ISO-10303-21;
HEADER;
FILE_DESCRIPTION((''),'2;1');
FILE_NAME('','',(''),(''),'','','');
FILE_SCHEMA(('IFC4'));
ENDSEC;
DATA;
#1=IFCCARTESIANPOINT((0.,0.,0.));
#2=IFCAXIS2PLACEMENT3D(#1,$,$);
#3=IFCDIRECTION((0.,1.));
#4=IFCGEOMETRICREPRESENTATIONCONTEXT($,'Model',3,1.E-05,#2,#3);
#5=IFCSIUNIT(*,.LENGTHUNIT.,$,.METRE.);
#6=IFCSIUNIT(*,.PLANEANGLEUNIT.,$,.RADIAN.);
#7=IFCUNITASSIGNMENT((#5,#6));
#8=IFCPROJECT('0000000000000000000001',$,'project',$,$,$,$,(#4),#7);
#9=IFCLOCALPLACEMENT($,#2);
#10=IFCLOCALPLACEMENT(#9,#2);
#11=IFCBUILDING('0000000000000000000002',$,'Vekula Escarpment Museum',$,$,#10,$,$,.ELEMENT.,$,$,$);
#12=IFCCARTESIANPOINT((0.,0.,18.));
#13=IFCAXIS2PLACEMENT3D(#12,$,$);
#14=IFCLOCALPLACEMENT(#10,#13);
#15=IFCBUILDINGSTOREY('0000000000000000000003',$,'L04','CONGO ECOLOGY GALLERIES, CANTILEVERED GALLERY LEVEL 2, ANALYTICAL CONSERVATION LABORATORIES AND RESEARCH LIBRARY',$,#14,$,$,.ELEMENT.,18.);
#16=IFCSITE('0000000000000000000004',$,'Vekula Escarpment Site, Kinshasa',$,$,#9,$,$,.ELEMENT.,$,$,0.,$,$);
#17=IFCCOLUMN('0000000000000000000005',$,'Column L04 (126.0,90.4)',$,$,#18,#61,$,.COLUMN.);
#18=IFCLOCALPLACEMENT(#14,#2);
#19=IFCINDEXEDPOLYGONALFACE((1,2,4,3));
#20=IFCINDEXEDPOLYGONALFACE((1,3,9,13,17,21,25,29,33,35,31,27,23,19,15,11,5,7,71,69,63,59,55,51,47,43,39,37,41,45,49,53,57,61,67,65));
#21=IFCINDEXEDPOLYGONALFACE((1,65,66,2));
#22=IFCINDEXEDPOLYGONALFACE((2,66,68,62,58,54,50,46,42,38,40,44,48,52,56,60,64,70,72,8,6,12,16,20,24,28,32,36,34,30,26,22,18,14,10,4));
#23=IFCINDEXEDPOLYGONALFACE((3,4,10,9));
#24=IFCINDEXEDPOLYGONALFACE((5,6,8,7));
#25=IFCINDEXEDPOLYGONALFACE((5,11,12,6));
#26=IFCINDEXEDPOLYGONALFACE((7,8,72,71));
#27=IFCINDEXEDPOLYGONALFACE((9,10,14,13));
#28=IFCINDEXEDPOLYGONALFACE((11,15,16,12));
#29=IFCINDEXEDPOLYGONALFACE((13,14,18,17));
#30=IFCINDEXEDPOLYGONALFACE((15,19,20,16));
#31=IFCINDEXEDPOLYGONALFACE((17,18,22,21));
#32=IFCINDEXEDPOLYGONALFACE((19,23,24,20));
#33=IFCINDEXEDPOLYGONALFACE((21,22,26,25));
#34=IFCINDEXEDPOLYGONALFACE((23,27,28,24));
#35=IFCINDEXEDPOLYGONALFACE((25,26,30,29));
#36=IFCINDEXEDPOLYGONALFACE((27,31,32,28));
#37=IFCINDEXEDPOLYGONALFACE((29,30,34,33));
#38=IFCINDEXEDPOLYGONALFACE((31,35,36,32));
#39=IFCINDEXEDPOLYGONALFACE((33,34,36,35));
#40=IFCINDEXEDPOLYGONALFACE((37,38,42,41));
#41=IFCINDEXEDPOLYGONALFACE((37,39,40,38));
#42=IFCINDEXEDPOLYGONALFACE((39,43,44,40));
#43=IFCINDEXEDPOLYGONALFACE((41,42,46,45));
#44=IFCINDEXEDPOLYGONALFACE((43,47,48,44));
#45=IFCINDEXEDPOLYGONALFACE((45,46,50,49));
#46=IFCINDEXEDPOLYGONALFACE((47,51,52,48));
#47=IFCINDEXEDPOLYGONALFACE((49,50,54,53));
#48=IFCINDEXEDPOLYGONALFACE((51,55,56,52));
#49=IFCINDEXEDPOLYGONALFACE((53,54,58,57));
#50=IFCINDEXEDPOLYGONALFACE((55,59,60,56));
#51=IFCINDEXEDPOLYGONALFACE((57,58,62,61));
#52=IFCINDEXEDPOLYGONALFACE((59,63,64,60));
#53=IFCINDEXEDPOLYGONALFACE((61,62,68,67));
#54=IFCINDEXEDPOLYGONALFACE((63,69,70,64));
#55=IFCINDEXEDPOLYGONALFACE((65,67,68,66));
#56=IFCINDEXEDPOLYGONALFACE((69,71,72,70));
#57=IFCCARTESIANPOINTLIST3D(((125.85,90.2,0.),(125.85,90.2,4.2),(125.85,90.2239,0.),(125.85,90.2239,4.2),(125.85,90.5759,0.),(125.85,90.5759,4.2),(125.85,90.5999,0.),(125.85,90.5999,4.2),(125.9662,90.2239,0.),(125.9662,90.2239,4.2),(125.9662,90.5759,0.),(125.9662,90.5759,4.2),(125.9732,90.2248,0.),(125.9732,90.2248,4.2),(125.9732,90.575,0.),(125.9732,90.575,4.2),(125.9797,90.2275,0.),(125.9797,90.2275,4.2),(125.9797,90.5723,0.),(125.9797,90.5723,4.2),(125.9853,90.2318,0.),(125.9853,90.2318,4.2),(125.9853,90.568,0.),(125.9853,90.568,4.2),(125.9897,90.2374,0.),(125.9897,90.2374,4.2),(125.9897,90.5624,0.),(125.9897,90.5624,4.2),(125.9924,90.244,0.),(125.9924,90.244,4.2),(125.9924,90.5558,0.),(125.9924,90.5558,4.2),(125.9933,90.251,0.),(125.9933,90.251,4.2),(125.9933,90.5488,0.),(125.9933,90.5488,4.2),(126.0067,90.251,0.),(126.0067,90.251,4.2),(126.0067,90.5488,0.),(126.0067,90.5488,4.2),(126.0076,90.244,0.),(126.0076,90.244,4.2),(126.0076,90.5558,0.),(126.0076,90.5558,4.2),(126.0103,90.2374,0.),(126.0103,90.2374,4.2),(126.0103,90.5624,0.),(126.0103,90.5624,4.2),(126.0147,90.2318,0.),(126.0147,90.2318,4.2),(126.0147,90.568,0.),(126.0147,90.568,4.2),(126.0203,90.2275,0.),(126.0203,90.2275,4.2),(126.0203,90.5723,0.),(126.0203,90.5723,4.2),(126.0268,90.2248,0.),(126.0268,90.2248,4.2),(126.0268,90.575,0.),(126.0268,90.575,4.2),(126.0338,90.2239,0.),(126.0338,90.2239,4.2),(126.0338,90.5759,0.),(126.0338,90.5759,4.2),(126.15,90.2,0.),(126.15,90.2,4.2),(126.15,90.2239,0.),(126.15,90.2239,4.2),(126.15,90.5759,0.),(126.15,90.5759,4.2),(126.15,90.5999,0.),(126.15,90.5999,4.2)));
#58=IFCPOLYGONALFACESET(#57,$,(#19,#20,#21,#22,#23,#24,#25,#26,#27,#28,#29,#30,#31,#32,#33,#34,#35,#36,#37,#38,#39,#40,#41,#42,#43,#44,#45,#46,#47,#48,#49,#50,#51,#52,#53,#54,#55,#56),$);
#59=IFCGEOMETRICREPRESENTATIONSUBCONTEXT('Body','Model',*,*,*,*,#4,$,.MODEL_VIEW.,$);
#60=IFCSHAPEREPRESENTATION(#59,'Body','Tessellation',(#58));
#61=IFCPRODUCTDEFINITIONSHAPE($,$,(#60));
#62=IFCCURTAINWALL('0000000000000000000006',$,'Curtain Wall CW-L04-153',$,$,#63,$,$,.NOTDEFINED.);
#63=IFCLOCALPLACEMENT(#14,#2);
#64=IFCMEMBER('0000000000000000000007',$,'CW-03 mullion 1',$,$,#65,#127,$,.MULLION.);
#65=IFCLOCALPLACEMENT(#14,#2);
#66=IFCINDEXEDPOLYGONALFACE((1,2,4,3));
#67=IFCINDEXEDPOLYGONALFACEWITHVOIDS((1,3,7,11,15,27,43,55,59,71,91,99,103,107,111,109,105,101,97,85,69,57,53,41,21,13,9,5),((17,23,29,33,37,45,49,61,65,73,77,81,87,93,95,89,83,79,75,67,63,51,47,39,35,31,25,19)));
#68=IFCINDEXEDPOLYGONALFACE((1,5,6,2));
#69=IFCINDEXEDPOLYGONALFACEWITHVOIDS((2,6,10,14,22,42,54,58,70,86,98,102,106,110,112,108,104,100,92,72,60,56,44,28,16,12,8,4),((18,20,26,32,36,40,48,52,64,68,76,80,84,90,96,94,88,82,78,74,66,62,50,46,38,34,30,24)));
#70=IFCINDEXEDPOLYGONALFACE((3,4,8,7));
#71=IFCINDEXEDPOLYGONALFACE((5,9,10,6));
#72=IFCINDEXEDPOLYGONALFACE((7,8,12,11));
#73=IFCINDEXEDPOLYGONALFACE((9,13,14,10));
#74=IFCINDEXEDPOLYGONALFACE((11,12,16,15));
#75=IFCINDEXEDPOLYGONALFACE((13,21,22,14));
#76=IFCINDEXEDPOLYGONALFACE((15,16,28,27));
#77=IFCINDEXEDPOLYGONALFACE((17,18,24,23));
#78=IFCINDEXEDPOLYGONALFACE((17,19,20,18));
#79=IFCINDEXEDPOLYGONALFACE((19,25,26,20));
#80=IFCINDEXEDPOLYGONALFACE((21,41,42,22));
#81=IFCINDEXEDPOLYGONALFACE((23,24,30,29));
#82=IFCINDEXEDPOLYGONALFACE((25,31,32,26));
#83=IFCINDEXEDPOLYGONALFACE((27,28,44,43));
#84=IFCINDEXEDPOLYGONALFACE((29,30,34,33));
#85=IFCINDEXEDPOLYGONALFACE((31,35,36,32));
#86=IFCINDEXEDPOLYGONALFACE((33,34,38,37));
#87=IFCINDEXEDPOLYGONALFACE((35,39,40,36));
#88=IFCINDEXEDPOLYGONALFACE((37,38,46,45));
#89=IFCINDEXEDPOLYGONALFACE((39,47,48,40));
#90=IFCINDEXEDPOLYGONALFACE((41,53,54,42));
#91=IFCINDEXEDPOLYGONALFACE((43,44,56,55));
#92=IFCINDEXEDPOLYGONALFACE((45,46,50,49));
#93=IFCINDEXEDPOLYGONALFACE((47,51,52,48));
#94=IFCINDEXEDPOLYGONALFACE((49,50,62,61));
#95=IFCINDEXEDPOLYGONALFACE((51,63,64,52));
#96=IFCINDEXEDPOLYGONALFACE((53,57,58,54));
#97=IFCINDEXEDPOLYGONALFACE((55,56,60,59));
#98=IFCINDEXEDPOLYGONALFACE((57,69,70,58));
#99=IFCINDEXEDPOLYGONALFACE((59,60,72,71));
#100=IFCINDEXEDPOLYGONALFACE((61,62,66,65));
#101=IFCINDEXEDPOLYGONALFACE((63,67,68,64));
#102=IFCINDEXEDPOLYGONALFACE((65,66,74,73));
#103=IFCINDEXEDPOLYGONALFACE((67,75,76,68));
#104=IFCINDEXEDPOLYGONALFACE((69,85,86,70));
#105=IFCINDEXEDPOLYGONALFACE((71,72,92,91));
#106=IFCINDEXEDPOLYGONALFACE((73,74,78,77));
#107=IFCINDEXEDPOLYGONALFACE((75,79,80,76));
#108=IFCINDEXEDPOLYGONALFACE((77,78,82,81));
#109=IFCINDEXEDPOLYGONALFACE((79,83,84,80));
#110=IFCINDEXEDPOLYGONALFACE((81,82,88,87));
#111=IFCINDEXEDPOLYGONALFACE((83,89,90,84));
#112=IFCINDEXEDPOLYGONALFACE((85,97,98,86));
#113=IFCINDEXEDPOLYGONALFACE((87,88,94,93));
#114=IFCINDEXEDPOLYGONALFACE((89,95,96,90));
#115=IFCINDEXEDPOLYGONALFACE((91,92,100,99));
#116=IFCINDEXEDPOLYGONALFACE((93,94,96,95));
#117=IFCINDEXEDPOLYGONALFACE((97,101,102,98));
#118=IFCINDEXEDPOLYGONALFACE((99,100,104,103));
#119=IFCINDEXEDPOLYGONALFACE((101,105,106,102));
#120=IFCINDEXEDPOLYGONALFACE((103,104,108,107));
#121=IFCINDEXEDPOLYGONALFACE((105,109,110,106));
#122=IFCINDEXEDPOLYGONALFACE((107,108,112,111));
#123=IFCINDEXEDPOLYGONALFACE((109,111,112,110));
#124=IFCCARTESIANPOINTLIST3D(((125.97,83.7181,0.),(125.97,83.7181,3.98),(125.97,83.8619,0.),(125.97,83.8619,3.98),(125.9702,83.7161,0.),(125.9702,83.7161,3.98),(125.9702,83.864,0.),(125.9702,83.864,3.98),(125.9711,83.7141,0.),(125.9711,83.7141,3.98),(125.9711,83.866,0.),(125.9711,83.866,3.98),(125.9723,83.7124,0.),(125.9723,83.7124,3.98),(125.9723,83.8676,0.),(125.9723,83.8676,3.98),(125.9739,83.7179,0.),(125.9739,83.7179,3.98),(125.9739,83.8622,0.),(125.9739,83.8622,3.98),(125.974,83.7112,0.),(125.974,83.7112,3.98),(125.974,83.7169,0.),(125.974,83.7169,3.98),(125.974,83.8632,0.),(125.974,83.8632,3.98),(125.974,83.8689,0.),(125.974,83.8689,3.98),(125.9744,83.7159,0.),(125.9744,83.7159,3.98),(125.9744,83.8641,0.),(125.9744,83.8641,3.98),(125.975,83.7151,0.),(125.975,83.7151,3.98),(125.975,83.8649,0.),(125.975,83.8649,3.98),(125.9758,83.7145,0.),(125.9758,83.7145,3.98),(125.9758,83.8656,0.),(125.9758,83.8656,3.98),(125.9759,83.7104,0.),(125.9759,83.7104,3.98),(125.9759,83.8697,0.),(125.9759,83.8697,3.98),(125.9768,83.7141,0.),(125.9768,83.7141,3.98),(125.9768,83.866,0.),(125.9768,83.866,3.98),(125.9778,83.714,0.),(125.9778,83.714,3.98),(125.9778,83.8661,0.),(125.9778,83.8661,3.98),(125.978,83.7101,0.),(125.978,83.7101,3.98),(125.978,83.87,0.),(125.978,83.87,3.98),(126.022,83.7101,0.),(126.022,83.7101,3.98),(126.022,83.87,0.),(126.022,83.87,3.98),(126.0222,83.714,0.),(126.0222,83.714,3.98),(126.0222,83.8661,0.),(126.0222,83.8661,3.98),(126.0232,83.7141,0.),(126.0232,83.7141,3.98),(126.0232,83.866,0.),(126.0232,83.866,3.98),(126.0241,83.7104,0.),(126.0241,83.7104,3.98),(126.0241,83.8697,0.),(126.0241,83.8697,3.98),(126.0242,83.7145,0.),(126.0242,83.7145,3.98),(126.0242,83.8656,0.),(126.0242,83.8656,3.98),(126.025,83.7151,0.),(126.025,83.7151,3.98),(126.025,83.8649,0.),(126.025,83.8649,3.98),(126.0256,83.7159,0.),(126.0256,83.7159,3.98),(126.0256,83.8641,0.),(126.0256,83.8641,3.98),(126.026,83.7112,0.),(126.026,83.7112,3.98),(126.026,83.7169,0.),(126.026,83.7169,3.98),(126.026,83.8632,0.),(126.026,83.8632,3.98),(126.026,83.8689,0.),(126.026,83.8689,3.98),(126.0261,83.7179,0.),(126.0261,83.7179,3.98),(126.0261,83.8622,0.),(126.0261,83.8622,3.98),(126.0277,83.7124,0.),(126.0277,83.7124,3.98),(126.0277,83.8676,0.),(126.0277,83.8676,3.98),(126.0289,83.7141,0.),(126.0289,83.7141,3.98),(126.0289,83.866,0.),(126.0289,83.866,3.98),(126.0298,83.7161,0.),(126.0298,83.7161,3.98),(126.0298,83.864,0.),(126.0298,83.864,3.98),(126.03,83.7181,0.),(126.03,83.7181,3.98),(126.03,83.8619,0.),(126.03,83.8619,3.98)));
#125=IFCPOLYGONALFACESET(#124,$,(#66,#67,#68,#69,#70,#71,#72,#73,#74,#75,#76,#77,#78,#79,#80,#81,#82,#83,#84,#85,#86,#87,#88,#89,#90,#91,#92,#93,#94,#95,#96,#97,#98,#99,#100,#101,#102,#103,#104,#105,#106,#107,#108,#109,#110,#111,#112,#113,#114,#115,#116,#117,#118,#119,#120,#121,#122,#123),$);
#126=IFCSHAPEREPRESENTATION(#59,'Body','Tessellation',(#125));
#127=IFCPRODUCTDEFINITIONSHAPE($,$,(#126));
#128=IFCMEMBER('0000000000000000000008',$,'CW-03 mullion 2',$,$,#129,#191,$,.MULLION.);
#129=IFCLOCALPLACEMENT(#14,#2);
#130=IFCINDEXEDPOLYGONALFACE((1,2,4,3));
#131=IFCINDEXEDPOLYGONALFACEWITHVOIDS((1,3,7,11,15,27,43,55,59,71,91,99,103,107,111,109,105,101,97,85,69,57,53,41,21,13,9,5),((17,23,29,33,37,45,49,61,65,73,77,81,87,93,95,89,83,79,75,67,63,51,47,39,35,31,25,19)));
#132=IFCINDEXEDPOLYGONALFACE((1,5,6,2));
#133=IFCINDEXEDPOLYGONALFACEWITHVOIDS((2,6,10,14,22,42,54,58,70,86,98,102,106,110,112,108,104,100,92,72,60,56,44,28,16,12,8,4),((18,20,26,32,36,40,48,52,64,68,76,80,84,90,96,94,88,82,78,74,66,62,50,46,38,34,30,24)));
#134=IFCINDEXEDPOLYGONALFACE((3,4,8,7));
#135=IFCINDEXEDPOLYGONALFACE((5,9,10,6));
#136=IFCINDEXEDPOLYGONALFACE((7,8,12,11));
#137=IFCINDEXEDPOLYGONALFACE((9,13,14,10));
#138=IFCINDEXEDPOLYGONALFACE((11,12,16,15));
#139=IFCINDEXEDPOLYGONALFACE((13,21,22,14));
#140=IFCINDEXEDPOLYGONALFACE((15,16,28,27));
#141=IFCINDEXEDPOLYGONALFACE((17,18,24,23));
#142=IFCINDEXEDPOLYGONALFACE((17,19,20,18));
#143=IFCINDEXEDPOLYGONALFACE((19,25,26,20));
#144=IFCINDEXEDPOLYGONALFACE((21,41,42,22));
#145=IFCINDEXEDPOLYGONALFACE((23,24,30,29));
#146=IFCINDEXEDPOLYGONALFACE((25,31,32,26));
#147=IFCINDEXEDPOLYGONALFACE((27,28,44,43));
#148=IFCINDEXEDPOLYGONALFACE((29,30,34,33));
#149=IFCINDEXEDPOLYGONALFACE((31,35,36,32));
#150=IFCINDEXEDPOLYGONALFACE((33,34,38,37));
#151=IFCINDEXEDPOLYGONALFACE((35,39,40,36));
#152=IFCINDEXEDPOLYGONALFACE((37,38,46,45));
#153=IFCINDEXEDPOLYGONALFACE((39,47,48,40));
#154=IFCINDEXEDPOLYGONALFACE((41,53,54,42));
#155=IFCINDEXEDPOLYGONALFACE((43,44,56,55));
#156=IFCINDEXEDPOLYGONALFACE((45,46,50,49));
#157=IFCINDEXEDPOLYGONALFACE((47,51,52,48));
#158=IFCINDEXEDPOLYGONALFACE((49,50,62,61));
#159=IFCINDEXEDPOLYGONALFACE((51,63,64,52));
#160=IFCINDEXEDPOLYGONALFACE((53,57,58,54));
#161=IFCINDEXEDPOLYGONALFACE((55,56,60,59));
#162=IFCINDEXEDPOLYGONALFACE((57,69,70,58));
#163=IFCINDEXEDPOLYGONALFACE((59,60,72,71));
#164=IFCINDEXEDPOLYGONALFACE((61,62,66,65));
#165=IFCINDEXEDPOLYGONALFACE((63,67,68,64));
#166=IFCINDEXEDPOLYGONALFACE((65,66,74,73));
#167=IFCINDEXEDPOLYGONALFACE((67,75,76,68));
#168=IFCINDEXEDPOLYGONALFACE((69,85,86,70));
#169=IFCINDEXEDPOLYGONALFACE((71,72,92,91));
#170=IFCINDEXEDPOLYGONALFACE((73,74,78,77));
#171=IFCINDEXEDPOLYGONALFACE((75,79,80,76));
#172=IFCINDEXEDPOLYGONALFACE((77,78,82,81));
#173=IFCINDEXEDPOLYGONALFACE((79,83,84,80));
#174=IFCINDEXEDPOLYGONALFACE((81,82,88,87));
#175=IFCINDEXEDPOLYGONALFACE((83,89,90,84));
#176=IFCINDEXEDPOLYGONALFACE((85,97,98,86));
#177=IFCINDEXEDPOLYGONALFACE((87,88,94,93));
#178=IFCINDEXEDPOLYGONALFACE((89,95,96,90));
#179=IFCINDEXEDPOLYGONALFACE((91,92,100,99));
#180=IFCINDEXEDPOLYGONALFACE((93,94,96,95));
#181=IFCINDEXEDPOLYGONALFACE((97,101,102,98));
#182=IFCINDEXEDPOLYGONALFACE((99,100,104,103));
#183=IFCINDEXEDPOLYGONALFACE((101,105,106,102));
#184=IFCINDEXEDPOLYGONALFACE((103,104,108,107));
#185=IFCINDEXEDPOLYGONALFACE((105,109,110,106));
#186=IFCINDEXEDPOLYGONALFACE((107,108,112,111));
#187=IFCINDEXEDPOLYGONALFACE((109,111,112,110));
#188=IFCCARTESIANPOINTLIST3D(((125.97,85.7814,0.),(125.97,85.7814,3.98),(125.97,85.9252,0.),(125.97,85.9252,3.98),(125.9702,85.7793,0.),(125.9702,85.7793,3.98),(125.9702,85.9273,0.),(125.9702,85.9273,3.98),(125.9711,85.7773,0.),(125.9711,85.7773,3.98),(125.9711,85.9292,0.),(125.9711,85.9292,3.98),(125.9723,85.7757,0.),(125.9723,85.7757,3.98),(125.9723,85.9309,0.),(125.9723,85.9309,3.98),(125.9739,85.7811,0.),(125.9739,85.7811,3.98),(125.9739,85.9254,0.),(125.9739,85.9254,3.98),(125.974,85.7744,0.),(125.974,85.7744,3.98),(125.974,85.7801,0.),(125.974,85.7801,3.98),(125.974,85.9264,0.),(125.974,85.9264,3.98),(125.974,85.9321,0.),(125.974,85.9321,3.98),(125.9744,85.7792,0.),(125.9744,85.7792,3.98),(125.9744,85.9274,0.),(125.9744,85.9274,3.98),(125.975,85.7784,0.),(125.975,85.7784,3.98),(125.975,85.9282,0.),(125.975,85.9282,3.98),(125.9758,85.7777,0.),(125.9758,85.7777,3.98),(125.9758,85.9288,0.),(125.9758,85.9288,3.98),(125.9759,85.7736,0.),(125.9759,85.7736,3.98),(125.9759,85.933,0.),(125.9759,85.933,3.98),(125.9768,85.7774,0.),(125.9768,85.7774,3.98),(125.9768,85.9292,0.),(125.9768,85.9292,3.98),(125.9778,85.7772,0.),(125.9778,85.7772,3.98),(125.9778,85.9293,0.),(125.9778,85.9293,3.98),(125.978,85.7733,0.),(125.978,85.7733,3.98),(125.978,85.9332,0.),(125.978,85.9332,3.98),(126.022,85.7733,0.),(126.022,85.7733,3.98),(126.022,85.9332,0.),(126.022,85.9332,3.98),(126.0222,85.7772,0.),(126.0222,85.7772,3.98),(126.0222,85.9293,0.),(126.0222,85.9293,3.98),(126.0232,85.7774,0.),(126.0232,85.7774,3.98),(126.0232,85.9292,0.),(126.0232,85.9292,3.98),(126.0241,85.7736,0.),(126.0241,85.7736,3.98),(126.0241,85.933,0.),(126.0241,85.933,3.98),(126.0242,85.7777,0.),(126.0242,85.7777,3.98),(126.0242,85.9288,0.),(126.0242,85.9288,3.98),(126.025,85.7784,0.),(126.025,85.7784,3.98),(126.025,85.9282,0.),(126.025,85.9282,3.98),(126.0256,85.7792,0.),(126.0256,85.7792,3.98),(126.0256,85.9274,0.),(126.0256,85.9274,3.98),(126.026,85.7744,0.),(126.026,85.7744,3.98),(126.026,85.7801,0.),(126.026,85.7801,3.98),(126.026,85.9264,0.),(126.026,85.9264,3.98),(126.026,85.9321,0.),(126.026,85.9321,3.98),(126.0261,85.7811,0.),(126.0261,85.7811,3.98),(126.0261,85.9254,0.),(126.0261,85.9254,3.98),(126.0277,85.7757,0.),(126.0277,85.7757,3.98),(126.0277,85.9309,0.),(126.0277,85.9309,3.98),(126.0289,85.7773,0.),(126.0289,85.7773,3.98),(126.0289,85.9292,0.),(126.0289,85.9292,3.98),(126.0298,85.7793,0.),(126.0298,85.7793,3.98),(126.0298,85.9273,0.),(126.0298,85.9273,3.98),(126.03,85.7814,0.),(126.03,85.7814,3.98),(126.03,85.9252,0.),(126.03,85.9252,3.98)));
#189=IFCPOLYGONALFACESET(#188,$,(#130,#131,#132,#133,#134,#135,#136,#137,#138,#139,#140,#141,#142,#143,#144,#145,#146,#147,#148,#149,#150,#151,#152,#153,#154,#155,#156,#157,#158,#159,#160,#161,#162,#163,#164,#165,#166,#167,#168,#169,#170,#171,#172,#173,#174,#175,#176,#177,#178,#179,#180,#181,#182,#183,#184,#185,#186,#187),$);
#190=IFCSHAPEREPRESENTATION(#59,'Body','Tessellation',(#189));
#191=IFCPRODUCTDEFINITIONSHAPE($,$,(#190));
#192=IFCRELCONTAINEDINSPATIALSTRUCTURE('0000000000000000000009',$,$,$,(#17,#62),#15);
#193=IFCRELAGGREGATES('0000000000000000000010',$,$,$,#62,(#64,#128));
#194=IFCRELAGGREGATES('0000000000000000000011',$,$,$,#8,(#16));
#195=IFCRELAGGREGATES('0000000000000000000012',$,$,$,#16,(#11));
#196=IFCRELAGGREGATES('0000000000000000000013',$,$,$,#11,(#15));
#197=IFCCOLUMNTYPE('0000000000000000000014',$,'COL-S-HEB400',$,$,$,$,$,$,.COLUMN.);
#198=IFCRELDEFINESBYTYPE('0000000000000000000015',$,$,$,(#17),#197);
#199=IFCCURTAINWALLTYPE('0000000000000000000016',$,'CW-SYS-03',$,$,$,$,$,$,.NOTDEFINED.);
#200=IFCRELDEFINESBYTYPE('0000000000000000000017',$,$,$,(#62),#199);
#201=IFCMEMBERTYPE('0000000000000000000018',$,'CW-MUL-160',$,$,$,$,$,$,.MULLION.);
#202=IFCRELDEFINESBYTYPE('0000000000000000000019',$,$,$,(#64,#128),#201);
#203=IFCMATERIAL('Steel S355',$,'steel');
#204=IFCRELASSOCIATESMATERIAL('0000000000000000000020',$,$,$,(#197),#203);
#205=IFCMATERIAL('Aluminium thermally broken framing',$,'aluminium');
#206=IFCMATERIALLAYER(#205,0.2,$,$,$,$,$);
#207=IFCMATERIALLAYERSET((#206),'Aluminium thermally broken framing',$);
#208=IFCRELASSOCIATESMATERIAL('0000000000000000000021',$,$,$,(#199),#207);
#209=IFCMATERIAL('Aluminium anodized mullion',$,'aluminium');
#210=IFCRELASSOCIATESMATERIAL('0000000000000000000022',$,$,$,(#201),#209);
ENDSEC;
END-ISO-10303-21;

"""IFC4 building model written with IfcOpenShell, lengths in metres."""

from ifc_helpers import new_model, si_unit, direction, frame, origin, origin_2d, place, context, subcontext, project, spatial, hollow_rectangle, i_section, extrude, material, layer, layer_set, material_profile, profile_set, type_object, element, aggregate, save


model = new_model("IFC4")

# Units and contexts
model_context = context("Model", 3, precision=1e-05, world=origin(), true_north=direction((0.0, 1.0)))
body_context = subcontext(model_context, "Body", "Model", "MODEL_VIEW")
ifc_project = project(units=[si_unit("LENGTHUNIT", "METRE"), si_unit("PLANEANGLEUNIT", "RADIAN")], contexts=[model_context])

# Site, building, storey
site_placement = place(None, origin())
site = spatial("IfcSite", under=ifc_project, at=site_placement, Name="Vekula Escarpment Site, Kinshasa", CompositionType="ELEMENT", RefElevation=0.0)
building_placement = place(site_placement, origin())
building = spatial("IfcBuilding", under=site, at=building_placement, Name="Vekula Escarpment Museum", CompositionType="ELEMENT")
storey_placement = place(building_placement, frame((0.0, 0.0, 18.0)))
storey = spatial("IfcBuildingStorey", under=building, at=storey_placement, Name="L04", Description="CONGO ECOLOGY GALLERIES, CANTILEVERED GALLERY LEVEL 2, ANALYTICAL CONSERVATION LABORATORIES AND RESEARCH LIBRARY", CompositionType="ELEMENT", Elevation=18.0)

# Column
ifc_material_1 = material(Name="Steel S355", Category="steel")
ifc_material_profile_1 = material_profile(ifc_material_1, i_section(OverallWidth=0.3, OverallDepth=0.3999, WebThickness=0.0134, FlangeThickness=0.0239, FilletRadius=0.0271, at=origin_2d()), Name="HEB 400")
ifc_profile_set_1 = profile_set([ifc_material_profile_1], Name="Steel S355")
column_type = type_object("IfcColumnType", Name="COL-S-HEB400", PredefinedType="COLUMN", material=ifc_profile_set_1)
column_placement = place(storey_placement, frame((126.0, 90.3999, 0.0), z_axis=(0.0, 0.0, 1.0), x_axis=(1.0, 0.0, 0.0)))
element("IfcColumn", 1, at=column_placement, inside=storey, type_object=column_type, Name="Column L04 (126.0,90.4)", PredefinedType="COLUMN", context=body_context, shape_type="SweptSolid", body=[
    extrude(i_section(OverallWidth=0.3, OverallDepth=0.3999, WebThickness=0.0134, FlangeThickness=0.0239, FilletRadius=0.0271, at=origin_2d()), origin(), (0.0, 0.0, 1.0), 4.2),
])

# Curtain wall, members
ifc_material_2 = material(Name="Aluminium thermally broken framing", Category="aluminium")
ifc_layer_1 = layer(ifc_material_2, 0.2)
ifc_layer_set_1 = layer_set([ifc_layer_1], Name="Aluminium thermally broken framing")
curtain_wall_type_1 = type_object("IfcCurtainWallType", Name="CW-SYS-03", PredefinedType="NOTDEFINED", material=ifc_layer_set_1)
curtain_wall_1_placement = place(storey_placement, origin())
curtain_wall_1 = element("IfcCurtainWall", 2, at=curtain_wall_1_placement, inside=storey, type_object=curtain_wall_type_1, Name="Curtain Wall CW-L04-153", PredefinedType="NOTDEFINED")
ifc_material_3 = material(Name="Aluminium anodized mullion", Category="aluminium")
ifc_material_profile_2 = material_profile(ifc_material_3, hollow_rectangle(XDim=0.0601, YDim=0.1599, WallThickness=0.0039, InnerFilletRadius=0.0039, OuterFilletRadius=0.0081, at=origin_2d()), Name="ALU 160x60x4")
ifc_profile_set_2 = profile_set([ifc_material_profile_2], Name="Aluminium anodized mullion")
member_type_1 = type_object("IfcMemberType", Name="CW-MUL-160", PredefinedType="MULLION", material=ifc_profile_set_2)
member_1_placement = place(storey_placement, frame((126.0, 83.79, 0.0), z_axis=(0.0, 0.0, 1.0), x_axis=(-1.0, 0.0, 0.0)))
member_1 = element("IfcMember", 3, at=member_1_placement, type_object=member_type_1, Name="CW-03 mullion 1", PredefinedType="MULLION", context=body_context, shape_type="SweptSolid", body=[
    extrude(hollow_rectangle(XDim=0.0601, YDim=0.1599, WallThickness=0.0039, InnerFilletRadius=0.0039, OuterFilletRadius=0.0081, at=origin_2d()), origin(), (0.0, 0.0, 1.0), 3.98),
])
member_2_placement = place(storey_placement, frame((126.0, 85.8533, 0.0), z_axis=(0.0, 0.0, 1.0), x_axis=(-1.0, 0.0, 0.0)))
member_2 = element("IfcMember", 4, at=member_2_placement, type_object=member_type_1, Name="CW-03 mullion 2", PredefinedType="MULLION", context=body_context, shape_type="SweptSolid", body=[
    extrude(hollow_rectangle(XDim=0.0601, YDim=0.1599, WallThickness=0.0039, InnerFilletRadius=0.0039, OuterFilletRadius=0.0081, at=origin_2d()), origin(), (0.0, 0.0, 1.0), 3.98),
])

aggregate(curtain_wall_1, [member_1, member_2])

save(model, "model.ifc")
